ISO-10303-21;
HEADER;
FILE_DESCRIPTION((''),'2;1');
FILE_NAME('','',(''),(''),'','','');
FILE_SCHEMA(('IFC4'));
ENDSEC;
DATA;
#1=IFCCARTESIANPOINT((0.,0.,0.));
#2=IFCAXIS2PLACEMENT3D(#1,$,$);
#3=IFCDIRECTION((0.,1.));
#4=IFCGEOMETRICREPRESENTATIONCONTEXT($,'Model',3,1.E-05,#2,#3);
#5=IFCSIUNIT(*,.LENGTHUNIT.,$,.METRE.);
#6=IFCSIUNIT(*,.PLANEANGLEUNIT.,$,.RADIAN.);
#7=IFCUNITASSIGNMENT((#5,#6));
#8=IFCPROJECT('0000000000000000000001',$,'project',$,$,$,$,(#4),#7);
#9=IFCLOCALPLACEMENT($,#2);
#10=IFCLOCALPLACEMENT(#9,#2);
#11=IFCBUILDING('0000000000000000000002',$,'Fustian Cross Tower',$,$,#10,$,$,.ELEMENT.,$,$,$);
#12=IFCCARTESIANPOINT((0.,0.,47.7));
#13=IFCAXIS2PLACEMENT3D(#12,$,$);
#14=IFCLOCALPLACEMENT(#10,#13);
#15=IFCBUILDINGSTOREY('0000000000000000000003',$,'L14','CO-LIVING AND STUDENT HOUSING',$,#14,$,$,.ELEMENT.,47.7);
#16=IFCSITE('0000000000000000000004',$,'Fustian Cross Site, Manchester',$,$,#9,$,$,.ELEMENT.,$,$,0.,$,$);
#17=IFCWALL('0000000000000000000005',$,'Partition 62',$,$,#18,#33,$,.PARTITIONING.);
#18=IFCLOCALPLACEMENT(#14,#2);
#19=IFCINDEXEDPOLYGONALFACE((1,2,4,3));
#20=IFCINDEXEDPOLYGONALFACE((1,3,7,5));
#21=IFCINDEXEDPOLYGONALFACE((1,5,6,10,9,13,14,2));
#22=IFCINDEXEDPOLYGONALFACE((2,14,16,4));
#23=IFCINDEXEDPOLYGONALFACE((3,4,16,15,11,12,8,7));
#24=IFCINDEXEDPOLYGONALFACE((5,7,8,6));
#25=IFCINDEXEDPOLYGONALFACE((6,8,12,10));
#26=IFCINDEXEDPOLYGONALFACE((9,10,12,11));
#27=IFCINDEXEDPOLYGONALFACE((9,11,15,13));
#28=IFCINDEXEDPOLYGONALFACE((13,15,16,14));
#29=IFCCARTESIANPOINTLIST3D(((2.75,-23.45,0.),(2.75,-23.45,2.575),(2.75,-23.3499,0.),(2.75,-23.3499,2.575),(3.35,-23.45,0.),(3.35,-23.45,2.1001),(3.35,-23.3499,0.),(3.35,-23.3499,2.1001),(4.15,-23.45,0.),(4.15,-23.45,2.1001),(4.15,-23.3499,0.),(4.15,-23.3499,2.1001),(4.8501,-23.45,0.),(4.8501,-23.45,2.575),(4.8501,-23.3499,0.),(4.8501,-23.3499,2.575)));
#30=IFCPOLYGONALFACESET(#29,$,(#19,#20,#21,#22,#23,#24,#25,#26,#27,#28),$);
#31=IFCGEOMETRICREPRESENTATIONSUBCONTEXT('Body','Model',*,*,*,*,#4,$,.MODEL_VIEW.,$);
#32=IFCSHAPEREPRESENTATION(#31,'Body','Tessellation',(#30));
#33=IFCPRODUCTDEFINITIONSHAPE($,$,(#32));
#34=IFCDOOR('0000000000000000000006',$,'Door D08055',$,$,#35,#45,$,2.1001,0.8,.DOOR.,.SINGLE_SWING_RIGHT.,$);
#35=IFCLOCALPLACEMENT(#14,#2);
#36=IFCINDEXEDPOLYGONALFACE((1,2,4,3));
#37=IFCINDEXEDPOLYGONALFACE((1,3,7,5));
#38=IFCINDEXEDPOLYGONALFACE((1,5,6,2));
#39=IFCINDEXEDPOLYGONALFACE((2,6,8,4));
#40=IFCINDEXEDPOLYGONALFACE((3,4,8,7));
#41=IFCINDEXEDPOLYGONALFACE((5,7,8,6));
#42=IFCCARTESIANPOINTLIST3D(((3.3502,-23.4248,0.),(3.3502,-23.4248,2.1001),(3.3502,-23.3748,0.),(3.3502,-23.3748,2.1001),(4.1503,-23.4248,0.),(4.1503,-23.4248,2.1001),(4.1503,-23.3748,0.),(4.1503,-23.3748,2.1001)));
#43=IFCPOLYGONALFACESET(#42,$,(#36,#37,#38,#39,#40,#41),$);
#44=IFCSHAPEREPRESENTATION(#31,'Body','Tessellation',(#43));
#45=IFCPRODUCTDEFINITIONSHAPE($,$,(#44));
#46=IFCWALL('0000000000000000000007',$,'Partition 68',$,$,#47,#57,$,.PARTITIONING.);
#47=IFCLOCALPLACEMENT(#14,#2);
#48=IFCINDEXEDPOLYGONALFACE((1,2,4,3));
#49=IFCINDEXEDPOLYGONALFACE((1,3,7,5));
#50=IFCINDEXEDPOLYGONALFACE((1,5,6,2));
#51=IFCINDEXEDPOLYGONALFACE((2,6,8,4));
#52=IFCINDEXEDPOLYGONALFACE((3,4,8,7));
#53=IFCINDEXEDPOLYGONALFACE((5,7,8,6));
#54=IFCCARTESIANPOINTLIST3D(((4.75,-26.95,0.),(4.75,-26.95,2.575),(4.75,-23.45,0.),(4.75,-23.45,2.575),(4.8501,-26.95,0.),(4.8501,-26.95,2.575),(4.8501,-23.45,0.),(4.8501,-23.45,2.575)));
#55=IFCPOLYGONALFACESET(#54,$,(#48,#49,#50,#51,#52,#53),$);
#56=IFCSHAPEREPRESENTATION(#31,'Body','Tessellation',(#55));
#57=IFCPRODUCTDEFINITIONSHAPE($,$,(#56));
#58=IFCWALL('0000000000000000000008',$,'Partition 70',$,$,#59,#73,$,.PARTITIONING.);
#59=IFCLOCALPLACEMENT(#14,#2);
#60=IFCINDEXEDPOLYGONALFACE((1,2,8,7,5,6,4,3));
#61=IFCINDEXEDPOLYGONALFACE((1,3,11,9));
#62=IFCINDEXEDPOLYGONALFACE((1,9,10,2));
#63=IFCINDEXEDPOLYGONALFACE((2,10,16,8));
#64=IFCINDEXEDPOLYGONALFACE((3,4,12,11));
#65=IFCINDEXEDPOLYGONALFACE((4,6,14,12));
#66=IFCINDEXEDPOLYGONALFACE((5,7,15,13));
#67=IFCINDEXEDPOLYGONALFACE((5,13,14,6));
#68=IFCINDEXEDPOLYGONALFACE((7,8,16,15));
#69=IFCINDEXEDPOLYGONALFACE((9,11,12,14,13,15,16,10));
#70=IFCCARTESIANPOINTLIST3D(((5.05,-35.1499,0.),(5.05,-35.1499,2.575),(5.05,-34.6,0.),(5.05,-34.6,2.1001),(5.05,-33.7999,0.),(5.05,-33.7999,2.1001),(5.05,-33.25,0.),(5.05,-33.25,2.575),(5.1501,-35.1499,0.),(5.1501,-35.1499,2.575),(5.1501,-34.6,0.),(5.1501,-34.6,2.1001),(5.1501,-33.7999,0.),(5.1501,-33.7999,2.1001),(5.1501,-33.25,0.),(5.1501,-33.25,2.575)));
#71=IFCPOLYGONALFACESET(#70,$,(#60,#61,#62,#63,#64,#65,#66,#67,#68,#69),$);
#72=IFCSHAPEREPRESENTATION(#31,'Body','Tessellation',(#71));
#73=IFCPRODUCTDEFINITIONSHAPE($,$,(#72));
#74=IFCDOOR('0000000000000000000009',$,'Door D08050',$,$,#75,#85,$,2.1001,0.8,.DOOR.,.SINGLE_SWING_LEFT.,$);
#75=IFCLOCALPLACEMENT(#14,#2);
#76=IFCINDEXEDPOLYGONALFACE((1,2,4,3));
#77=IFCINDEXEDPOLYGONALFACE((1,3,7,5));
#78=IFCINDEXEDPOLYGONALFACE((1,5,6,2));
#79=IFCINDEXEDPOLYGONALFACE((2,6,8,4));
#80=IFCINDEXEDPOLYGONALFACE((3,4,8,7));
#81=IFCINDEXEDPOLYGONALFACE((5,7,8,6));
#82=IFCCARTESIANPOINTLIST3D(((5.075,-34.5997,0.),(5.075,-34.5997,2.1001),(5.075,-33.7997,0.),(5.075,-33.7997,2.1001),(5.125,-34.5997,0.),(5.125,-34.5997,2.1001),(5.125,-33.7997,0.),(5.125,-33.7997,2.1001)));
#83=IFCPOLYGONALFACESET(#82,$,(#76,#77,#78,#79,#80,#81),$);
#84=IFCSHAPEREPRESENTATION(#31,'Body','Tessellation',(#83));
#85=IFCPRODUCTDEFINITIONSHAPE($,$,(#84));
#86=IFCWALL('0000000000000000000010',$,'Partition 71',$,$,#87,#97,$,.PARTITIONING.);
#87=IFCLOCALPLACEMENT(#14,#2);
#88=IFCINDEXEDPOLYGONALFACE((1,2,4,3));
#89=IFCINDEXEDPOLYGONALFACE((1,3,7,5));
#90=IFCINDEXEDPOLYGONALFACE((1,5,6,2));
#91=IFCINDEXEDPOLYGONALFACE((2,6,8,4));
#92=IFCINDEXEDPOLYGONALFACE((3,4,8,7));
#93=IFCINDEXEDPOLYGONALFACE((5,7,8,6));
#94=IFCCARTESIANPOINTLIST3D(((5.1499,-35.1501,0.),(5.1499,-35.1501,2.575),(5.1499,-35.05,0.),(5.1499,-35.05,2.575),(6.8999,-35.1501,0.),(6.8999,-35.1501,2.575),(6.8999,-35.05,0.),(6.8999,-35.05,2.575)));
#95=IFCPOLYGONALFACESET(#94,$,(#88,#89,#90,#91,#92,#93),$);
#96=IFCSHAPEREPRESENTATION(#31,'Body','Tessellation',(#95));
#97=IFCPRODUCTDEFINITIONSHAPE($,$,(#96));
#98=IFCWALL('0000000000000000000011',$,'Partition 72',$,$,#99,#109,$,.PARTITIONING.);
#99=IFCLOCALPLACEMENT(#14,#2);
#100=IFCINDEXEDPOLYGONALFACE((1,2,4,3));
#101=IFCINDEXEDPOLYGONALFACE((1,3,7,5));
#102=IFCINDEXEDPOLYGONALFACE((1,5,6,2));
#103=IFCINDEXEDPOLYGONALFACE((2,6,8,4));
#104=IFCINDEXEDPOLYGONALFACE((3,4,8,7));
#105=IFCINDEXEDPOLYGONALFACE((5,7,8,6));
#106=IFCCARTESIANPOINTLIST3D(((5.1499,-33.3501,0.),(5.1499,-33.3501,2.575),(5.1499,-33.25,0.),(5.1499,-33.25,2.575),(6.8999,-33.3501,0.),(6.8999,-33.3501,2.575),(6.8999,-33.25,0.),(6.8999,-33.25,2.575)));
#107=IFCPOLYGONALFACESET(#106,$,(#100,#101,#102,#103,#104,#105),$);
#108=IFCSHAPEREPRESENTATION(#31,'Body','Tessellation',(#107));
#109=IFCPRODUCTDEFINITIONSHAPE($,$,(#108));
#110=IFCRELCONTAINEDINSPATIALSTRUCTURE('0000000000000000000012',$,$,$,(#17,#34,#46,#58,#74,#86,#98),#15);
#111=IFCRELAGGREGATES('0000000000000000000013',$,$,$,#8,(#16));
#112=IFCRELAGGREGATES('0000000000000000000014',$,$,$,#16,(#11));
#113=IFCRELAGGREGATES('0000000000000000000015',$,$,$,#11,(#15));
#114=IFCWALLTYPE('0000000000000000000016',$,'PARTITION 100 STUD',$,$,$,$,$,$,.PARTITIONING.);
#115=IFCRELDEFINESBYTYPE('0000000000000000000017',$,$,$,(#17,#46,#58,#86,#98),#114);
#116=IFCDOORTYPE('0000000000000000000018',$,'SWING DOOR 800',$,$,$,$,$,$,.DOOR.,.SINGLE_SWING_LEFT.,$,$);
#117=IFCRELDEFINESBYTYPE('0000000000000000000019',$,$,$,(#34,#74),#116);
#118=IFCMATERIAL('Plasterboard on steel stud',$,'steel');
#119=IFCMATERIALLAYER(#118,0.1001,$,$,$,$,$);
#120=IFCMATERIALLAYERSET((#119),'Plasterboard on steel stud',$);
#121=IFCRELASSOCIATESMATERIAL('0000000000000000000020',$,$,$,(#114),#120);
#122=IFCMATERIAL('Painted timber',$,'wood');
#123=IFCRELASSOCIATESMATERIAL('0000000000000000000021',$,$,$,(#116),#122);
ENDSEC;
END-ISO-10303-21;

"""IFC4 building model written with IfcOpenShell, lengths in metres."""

from ifc_helpers import new_model, si_unit, direction, frame, frame_2d, origin, place, context, subcontext, project, spatial, rectangle, extrude, material, layer, layer_set, type_object, element, fill, save


model = new_model("IFC4")

# Units and contexts
model_context = context("Model", 3, precision=1e-05, world=origin(), true_north=direction((0.0, 1.0)))
body_context = subcontext(model_context, "Body", "Model", "MODEL_VIEW")
ifc_project = project(units=[si_unit("LENGTHUNIT", "METRE"), si_unit("PLANEANGLEUNIT", "RADIAN")], contexts=[model_context])

# Site, building, storey
site_placement = place(None, origin())
site = spatial("IfcSite", under=ifc_project, at=site_placement, Name="Fustian Cross Site, Manchester", CompositionType="ELEMENT", RefElevation=0.0)
building_placement = place(site_placement, origin())
building = spatial("IfcBuilding", under=site, at=building_placement, Name="Fustian Cross Tower", CompositionType="ELEMENT")
storey_placement = place(building_placement, frame((0.0, 0.0, 47.7)))
storey = spatial("IfcBuildingStorey", under=building, at=storey_placement, Name="L14", Description="CO-LIVING AND STUDENT HOUSING", CompositionType="ELEMENT", Elevation=47.7)

# Shared definitions
ifc_material_1 = material(Name="Plasterboard on steel stud", Category="steel")
ifc_layer = layer(ifc_material_1, 0.1001)
ifc_layer_set = layer_set([ifc_layer], Name="Plasterboard on steel stud")
wall_type = type_object("IfcWallType", Name="PARTITION 100 STUD", PredefinedType="PARTITIONING", material=ifc_layer_set)

# Shared definitions
ifc_material_2 = material(Name="Painted timber", Category="wood")
door_type_1 = type_object("IfcDoorType", Name="SWING DOOR 800", OperationType="SINGLE_SWING_LEFT", PredefinedType="DOOR", material=ifc_material_2)

# Wall, opening, door
wall_1_placement = place(storey_placement, frame((2.75, -23.3999, 0.0), z_axis=(0.0, 0.0, 1.0), x_axis=(1.0, 0.0, 0.0)))
wall_1 = element("IfcWall", 1, at=wall_1_placement, inside=storey, type_object=wall_type, Name="Partition 62", PredefinedType="PARTITIONING", context=body_context, shape_type="SweptSolid", body=[
    extrude(rectangle(XDim=2.1001, YDim=0.1001, at=frame_2d((1.05, 0.0))), origin(), (0.0, 0.0, 1.0), 2.575),
])
opening_1_placement = place(wall_1_placement, frame((0.6001, 0.0, 0.0)))
opening_1 = element("IfcOpeningElement", 2, at=opening_1_placement, cuts=wall_1, PredefinedType="OPENING", context=body_context, shape_type="SweptSolid", body=[
    extrude(rectangle(XDim=0.8, YDim=2.1001, at=frame_2d((0.3999, 1.05))), frame((0.0, 0.0601, 0.0), z_axis=(0.0, -1.0, 0.0), x_axis=(1.0, 0.0, 0.0)), (0.0, 0.0, 1.0), 0.1201),
])
door_1_placement = place(opening_1_placement, frame((0.8, 0.0, 0.0), z_axis=(0.0, 0.0, 1.0), x_axis=(-1.0, 0.0, 0.0)))
door_1 = element("IfcDoor", 3, at=door_1_placement, inside=storey, type_object=door_type_1, Name="Door D08055", OperationType="SINGLE_SWING_RIGHT", OverallHeight=2.1001, OverallWidth=0.8, PredefinedType="DOOR", context=body_context, shape_type="SweptSolid", body=[
    extrude(rectangle(XDim=0.8, YDim=2.1001, at=frame_2d((0.3999, 1.05))), frame((0.0, 0.0249, 0.0), z_axis=(0.0, -1.0, 0.0), x_axis=(1.0, 0.0, 0.0)), (0.0, 0.0, 1.0), 0.05),
])
fill(opening_1, door_1)

# Wall
wall_2_placement = place(storey_placement, frame((4.8, -26.95, 0.0), z_axis=(0.0, 0.0, 1.0), x_axis=(0.0, 1.0, 0.0)))
element("IfcWall", 4, at=wall_2_placement, inside=storey, type_object=wall_type, Name="Partition 68", PredefinedType="PARTITIONING", context=body_context, shape_type="SweptSolid", body=[
    extrude(rectangle(XDim=3.5, YDim=0.1001, at=frame_2d((1.75, 0.0))), origin(), (0.0, 0.0, 1.0), 2.575),
])

# Wall, opening, door
wall_3_placement = place(storey_placement, frame((5.1001, -35.1499, 0.0), z_axis=(0.0, 0.0, 1.0), x_axis=(0.0, 1.0, 0.0)))
wall_3 = element("IfcWall", 5, at=wall_3_placement, inside=storey, type_object=wall_type, Name="Partition 70", PredefinedType="PARTITIONING", context=body_context, shape_type="SweptSolid", body=[
    extrude(rectangle(XDim=1.8999, YDim=0.1001, at=frame_2d((0.95, 0.0))), origin(), (0.0, 0.0, 1.0), 2.575),
])
opening_2_placement = place(wall_3_placement, frame((0.55, 0.0, 0.0)))
opening_2 = element("IfcOpeningElement", 6, at=opening_2_placement, cuts=wall_3, PredefinedType="OPENING", context=body_context, shape_type="SweptSolid", body=[
    extrude(rectangle(XDim=0.8, YDim=2.1001, at=frame_2d((0.3999, 1.05))), frame((0.0, 0.0601, 0.0), z_axis=(0.0, -1.0, 0.0), x_axis=(1.0, 0.0, 0.0)), (0.0, 0.0, 1.0), 0.1201),
])
door_2_placement = place(opening_2_placement, frame((0.8, 0.0, 0.0), z_axis=(0.0, 0.0, 1.0), x_axis=(-1.0, 0.0, 0.0)))
door_2 = element("IfcDoor", 7, at=door_2_placement, inside=storey, type_object=door_type_1, Name="Door D08050", OperationType="SINGLE_SWING_LEFT", OverallHeight=2.1001, OverallWidth=0.8, PredefinedType="DOOR", context=body_context, shape_type="SweptSolid", body=[
    extrude(rectangle(XDim=0.8, YDim=2.1001, at=frame_2d((0.3999, 1.05))), frame((0.0, 0.0249, 0.0), z_axis=(0.0, -1.0, 0.0), x_axis=(1.0, 0.0, 0.0)), (0.0, 0.0, 1.0), 0.05),
])
fill(opening_2, door_2)

# Walls
for number, where, z_axis, x_axis, name in (
    (8, (5.1499, -35.1001, 0.0), (0.0, 0.0, 1.0), (1.0, 0.0, 0.0), "Partition 71"),
    (9, (5.1499, -33.3, 0.0), (0.0, 0.0, 1.0), (1.0, 0.0, 0.0), "Partition 72"),
):
    element("IfcWall", number, at=place(storey_placement, frame(where, z_axis=z_axis, x_axis=x_axis)), inside=storey, type_object=wall_type, Name=name, PredefinedType="PARTITIONING", context=body_context, shape_type="SweptSolid", body=[
        extrude(rectangle(XDim=1.75, YDim=0.1001, at=frame_2d((0.875, 0.0))), origin(), (0.0, 0.0, 1.0), 2.575),
    ])

save(model, "model.ifc")
